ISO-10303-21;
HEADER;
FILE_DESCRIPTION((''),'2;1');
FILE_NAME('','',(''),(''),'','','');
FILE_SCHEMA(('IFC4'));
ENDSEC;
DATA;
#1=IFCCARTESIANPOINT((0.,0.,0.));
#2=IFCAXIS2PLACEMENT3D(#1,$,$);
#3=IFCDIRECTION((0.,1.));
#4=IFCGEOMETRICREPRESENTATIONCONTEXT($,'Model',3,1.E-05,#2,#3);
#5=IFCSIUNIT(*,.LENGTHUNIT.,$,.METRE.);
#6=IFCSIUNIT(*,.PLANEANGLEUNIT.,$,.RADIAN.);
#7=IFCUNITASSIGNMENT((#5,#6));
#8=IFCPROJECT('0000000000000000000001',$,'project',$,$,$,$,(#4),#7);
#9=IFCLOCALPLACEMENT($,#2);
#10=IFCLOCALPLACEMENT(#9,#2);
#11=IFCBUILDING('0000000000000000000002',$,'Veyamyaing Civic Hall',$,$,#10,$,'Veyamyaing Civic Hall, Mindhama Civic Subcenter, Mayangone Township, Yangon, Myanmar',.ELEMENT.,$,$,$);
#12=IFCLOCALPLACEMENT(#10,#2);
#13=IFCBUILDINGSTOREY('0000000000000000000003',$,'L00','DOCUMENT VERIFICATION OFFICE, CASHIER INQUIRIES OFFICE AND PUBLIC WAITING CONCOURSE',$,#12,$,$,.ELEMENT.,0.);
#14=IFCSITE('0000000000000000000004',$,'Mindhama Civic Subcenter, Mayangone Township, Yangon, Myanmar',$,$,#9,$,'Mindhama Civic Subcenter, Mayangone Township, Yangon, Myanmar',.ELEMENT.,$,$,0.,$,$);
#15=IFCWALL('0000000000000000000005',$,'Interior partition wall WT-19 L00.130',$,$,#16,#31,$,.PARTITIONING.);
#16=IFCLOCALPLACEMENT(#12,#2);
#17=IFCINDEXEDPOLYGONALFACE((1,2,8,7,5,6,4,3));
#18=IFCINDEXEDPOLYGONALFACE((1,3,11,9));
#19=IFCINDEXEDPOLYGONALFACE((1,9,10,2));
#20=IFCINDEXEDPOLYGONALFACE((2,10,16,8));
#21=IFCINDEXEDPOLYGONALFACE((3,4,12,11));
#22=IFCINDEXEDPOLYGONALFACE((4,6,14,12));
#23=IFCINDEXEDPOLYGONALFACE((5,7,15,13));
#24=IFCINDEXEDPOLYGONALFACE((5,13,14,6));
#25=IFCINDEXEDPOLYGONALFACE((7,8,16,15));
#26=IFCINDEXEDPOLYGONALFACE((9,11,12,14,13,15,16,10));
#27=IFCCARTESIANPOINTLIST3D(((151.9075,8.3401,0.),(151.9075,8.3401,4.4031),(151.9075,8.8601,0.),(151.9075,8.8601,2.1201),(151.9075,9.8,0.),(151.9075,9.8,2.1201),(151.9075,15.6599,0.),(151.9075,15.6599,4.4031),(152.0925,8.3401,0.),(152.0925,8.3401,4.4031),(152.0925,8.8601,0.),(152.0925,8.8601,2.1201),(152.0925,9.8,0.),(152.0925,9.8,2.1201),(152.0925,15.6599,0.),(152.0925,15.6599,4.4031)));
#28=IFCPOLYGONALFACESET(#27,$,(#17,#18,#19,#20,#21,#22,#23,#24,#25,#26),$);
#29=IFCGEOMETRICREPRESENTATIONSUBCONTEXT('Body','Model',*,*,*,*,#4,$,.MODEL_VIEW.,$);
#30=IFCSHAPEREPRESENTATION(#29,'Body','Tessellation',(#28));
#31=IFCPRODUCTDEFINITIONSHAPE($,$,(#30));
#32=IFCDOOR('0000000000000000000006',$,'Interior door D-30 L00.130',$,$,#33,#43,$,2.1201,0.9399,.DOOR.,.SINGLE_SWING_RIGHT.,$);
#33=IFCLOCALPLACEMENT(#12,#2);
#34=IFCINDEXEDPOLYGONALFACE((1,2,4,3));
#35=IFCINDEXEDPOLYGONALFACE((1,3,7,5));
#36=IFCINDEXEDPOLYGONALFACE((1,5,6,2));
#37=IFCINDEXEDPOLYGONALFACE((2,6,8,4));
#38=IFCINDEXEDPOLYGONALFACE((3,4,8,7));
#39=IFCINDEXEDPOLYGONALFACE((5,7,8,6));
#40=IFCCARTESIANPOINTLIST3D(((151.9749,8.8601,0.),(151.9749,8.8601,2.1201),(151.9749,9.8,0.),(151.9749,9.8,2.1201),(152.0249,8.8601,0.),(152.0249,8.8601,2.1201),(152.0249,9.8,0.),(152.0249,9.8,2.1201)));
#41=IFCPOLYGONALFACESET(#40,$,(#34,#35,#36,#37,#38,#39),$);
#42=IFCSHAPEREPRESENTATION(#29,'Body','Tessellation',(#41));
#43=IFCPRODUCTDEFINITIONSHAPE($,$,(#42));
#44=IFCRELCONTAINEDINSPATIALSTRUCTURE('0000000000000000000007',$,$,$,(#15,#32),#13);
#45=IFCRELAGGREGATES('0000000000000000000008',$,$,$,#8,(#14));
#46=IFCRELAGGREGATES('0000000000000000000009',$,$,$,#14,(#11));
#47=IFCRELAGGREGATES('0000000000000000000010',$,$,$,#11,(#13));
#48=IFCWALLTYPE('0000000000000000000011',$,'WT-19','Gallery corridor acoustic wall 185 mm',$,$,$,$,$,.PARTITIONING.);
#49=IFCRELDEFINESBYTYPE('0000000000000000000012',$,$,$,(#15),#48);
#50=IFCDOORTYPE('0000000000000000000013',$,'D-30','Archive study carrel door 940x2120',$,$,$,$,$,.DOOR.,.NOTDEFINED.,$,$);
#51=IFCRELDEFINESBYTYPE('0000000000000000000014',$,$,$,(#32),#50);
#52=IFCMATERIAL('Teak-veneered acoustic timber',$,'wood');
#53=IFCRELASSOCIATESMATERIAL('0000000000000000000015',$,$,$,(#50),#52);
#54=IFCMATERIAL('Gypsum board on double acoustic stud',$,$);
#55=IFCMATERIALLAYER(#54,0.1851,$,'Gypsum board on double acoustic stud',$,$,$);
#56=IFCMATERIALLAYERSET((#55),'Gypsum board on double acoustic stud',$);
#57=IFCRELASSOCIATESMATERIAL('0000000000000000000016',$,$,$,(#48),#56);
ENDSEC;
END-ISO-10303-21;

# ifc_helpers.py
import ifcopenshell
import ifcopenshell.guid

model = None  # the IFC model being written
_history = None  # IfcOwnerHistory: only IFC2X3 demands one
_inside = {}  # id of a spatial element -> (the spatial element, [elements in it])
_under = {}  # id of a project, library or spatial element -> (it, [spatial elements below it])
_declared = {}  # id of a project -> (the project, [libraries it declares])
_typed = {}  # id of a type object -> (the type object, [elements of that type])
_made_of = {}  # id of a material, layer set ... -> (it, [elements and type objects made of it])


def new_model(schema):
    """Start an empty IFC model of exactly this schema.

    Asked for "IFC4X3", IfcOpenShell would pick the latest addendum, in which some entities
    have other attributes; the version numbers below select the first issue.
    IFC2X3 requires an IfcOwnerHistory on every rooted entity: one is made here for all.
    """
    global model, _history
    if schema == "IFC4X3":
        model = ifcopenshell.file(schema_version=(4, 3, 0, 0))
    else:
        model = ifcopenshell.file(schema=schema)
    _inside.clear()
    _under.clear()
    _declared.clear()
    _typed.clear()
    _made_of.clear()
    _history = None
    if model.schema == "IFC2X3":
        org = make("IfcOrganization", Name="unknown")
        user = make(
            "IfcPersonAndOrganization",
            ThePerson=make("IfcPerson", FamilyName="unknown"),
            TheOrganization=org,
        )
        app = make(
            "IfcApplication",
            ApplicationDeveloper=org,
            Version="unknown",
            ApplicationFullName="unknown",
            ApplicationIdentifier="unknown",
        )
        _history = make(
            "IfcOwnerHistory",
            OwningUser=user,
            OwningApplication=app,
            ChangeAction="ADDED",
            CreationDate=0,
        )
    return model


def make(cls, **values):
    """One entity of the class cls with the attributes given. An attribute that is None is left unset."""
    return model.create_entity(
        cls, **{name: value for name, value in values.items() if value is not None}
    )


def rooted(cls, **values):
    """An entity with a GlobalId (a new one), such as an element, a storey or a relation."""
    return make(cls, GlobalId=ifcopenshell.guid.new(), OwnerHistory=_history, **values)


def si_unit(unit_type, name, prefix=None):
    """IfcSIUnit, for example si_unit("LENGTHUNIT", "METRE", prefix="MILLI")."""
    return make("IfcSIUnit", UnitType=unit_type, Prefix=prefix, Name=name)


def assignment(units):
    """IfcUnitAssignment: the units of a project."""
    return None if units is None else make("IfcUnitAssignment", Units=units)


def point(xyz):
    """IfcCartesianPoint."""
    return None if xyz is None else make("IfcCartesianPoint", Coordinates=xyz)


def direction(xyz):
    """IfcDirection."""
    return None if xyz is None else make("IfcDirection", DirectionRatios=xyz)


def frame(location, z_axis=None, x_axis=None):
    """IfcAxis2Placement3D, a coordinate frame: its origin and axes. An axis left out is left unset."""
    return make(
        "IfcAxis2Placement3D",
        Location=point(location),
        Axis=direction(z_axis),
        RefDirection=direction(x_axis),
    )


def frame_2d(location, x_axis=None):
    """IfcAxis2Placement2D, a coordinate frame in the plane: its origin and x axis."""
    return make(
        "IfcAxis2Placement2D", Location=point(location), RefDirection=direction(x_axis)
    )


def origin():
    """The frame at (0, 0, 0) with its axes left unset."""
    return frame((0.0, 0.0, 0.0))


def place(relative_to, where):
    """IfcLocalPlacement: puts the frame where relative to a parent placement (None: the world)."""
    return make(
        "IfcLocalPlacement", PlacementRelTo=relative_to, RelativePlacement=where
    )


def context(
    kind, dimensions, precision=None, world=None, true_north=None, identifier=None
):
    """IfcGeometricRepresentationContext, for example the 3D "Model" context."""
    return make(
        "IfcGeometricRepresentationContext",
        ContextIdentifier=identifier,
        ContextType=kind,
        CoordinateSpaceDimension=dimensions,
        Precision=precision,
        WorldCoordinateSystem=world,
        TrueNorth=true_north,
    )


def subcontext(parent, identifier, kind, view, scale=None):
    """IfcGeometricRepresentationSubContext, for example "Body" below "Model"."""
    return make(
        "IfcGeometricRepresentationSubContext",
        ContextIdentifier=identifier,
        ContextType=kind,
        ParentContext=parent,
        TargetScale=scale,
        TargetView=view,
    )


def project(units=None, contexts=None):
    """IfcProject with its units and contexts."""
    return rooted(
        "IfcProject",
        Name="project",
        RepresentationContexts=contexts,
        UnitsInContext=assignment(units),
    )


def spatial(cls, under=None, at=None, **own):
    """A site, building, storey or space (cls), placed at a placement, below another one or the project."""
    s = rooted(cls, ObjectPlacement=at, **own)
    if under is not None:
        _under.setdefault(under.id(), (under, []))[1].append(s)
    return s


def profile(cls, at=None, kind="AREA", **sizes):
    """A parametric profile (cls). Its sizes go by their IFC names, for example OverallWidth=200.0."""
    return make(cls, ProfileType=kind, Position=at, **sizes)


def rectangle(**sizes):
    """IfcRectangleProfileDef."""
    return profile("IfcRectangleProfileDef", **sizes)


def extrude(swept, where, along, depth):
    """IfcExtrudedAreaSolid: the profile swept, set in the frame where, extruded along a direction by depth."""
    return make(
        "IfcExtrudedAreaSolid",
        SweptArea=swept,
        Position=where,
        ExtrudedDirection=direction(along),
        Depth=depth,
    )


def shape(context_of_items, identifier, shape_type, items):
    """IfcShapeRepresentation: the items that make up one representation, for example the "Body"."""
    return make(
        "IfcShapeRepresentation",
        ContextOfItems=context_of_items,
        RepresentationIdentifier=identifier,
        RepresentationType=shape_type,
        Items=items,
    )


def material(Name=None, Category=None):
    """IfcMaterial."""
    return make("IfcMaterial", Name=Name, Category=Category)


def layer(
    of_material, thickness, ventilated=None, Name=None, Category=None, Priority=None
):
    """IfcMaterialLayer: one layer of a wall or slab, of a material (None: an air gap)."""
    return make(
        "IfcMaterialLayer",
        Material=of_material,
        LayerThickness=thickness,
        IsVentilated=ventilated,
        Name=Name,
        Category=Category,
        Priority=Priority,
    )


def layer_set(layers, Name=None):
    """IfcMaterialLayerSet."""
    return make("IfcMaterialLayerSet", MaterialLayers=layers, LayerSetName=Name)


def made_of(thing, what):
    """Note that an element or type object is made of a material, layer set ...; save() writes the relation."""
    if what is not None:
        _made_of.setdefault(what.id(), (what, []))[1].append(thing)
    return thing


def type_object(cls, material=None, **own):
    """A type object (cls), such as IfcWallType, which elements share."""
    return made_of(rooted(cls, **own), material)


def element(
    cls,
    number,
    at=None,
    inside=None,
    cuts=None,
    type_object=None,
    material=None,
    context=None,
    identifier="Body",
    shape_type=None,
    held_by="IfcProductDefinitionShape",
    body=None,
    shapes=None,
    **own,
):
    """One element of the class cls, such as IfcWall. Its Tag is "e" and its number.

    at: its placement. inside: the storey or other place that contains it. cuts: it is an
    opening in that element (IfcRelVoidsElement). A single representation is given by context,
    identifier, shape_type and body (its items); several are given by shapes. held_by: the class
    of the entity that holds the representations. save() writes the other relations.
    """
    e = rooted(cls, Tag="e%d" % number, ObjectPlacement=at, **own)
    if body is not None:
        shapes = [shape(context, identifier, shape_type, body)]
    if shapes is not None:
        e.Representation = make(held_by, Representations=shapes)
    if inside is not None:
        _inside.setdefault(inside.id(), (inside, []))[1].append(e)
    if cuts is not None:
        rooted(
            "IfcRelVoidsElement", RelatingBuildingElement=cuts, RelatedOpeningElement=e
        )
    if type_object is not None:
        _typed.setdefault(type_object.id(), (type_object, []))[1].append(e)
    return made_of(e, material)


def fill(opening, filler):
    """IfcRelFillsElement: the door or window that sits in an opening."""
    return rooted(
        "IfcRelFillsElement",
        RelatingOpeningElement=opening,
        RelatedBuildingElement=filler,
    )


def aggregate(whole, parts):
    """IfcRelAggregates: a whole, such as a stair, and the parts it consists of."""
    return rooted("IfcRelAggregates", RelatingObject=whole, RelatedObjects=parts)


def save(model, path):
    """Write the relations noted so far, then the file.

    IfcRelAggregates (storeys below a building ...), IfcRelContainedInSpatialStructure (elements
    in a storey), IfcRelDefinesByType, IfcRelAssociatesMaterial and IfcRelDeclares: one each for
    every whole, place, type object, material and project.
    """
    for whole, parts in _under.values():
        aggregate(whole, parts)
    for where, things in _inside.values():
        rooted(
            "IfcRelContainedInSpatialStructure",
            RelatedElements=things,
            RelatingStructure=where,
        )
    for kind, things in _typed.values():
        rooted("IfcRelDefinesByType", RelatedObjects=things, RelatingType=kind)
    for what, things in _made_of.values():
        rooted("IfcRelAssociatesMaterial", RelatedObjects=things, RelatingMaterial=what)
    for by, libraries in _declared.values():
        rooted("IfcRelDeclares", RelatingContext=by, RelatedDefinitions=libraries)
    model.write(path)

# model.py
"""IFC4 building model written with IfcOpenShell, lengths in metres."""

from ifc_helpers import new_model, si_unit, direction, frame, frame_2d, origin, place, context, subcontext, project, spatial, rectangle, extrude, material, layer, layer_set, type_object, element, fill, save


model = new_model("IFC4")

# Units and contexts
model_context = context("Model", 3, precision=1e-05, world=origin(), true_north=direction((0.0, 1.0)))
body_context = subcontext(model_context, "Body", "Model", "MODEL_VIEW")
ifc_project = project(units=[si_unit("LENGTHUNIT", "METRE"), si_unit("PLANEANGLEUNIT", "RADIAN")], contexts=[model_context])

# Site, building, storey
site_placement = place(None, origin())
site = spatial("IfcSite", under=ifc_project, at=site_placement, Name="Mindhama Civic Subcenter, Mayangone Township, Yangon, Myanmar", LongName="Mindhama Civic Subcenter, Mayangone Township, Yangon, Myanmar", CompositionType="ELEMENT", RefElevation=0.0)
building_placement = place(site_placement, origin())
building = spatial("IfcBuilding", under=site, at=building_placement, Name="Veyamyaing Civic Hall", LongName="Veyamyaing Civic Hall, Mindhama Civic Subcenter, Mayangone Township, Yangon, Myanmar", CompositionType="ELEMENT")
storey_placement = place(building_placement, origin())
storey = spatial("IfcBuildingStorey", under=building, at=storey_placement, Name="L00", Description="DOCUMENT VERIFICATION OFFICE, CASHIER INQUIRIES OFFICE AND PUBLIC WAITING CONCOURSE", CompositionType="ELEMENT", Elevation=0.0)

# Shared definitions
ifc_material_1 = material(Name="Teak-veneered acoustic timber", Category="wood")
door_type_1 = type_object("IfcDoorType", Name="D-30", Description="Archive study carrel door 940x2120", OperationType="NOTDEFINED", PredefinedType="DOOR", material=ifc_material_1)

# Shared definitions
ifc_material_2 = material(Name="Gypsum board on double acoustic stud")
ifc_layer_1 = layer(ifc_material_2, 0.1851, Name="Gypsum board on double acoustic stud")
ifc_layer_set_1 = layer_set([ifc_layer_1], Name="Gypsum board on double acoustic stud")
wall_type_1 = type_object("IfcWallType", Name="WT-19", Description="Gallery corridor acoustic wall 185 mm", PredefinedType="PARTITIONING", material=ifc_layer_set_1)

# Wall, opening, door
wall_1_placement = place(storey_placement, frame((152.0, 8.3401, 0.0), z_axis=(0.0, 0.0, 1.0), x_axis=(0.0, 1.0, 0.0)))
wall_1 = element("IfcWall", 1, at=wall_1_placement, inside=storey, type_object=wall_type_1, Name="Interior partition wall WT-19 L00.130", PredefinedType="PARTITIONING", context=body_context, shape_type="SweptSolid", body=[
    extrude(rectangle(XDim=7.3198, YDim=0.1851, at=frame_2d((3.6599, 0.0))), origin(), (0.0, 0.0, 1.0), 4.4031),
])
opening_1_placement = place(wall_1_placement, frame((0.52, 0.0, 0.0)))
opening_1 = element("IfcOpeningElement", 2, at=opening_1_placement, cuts=wall_1, PredefinedType="OPENING", context=body_context, shape_type="SweptSolid", body=[
    extrude(rectangle(XDim=0.9399, YDim=2.1201, at=frame_2d((0.47, 1.0601))), frame((0.0, 0.1025, 0.0), z_axis=(0.0, -1.0, 0.0), x_axis=(1.0, 0.0, 0.0)), (0.0, 0.0, 1.0), 0.2051),
])
door_1_placement = place(opening_1_placement, frame((0.9399, 0.0, 0.0), z_axis=(0.0, 0.0, 1.0), x_axis=(-1.0, 0.0, 0.0)))
door_1 = element("IfcDoor", 3, at=door_1_placement, inside=storey, type_object=door_type_1, Name="Interior door D-30 L00.130", OperationType="SINGLE_SWING_RIGHT", OverallHeight=2.1201, OverallWidth=0.9399, PredefinedType="DOOR", context=body_context, shape_type="SweptSolid", body=[
    extrude(rectangle(XDim=0.9399, YDim=2.1201, at=frame_2d((0.47, 1.0601))), frame((0.0, 0.0249, 0.0), z_axis=(0.0, -1.0, 0.0), x_axis=(1.0, 0.0, 0.0)), (0.0, 0.0, 1.0), 0.05),
])
fill(opening_1, door_1)

save(model, "model.ifc")
